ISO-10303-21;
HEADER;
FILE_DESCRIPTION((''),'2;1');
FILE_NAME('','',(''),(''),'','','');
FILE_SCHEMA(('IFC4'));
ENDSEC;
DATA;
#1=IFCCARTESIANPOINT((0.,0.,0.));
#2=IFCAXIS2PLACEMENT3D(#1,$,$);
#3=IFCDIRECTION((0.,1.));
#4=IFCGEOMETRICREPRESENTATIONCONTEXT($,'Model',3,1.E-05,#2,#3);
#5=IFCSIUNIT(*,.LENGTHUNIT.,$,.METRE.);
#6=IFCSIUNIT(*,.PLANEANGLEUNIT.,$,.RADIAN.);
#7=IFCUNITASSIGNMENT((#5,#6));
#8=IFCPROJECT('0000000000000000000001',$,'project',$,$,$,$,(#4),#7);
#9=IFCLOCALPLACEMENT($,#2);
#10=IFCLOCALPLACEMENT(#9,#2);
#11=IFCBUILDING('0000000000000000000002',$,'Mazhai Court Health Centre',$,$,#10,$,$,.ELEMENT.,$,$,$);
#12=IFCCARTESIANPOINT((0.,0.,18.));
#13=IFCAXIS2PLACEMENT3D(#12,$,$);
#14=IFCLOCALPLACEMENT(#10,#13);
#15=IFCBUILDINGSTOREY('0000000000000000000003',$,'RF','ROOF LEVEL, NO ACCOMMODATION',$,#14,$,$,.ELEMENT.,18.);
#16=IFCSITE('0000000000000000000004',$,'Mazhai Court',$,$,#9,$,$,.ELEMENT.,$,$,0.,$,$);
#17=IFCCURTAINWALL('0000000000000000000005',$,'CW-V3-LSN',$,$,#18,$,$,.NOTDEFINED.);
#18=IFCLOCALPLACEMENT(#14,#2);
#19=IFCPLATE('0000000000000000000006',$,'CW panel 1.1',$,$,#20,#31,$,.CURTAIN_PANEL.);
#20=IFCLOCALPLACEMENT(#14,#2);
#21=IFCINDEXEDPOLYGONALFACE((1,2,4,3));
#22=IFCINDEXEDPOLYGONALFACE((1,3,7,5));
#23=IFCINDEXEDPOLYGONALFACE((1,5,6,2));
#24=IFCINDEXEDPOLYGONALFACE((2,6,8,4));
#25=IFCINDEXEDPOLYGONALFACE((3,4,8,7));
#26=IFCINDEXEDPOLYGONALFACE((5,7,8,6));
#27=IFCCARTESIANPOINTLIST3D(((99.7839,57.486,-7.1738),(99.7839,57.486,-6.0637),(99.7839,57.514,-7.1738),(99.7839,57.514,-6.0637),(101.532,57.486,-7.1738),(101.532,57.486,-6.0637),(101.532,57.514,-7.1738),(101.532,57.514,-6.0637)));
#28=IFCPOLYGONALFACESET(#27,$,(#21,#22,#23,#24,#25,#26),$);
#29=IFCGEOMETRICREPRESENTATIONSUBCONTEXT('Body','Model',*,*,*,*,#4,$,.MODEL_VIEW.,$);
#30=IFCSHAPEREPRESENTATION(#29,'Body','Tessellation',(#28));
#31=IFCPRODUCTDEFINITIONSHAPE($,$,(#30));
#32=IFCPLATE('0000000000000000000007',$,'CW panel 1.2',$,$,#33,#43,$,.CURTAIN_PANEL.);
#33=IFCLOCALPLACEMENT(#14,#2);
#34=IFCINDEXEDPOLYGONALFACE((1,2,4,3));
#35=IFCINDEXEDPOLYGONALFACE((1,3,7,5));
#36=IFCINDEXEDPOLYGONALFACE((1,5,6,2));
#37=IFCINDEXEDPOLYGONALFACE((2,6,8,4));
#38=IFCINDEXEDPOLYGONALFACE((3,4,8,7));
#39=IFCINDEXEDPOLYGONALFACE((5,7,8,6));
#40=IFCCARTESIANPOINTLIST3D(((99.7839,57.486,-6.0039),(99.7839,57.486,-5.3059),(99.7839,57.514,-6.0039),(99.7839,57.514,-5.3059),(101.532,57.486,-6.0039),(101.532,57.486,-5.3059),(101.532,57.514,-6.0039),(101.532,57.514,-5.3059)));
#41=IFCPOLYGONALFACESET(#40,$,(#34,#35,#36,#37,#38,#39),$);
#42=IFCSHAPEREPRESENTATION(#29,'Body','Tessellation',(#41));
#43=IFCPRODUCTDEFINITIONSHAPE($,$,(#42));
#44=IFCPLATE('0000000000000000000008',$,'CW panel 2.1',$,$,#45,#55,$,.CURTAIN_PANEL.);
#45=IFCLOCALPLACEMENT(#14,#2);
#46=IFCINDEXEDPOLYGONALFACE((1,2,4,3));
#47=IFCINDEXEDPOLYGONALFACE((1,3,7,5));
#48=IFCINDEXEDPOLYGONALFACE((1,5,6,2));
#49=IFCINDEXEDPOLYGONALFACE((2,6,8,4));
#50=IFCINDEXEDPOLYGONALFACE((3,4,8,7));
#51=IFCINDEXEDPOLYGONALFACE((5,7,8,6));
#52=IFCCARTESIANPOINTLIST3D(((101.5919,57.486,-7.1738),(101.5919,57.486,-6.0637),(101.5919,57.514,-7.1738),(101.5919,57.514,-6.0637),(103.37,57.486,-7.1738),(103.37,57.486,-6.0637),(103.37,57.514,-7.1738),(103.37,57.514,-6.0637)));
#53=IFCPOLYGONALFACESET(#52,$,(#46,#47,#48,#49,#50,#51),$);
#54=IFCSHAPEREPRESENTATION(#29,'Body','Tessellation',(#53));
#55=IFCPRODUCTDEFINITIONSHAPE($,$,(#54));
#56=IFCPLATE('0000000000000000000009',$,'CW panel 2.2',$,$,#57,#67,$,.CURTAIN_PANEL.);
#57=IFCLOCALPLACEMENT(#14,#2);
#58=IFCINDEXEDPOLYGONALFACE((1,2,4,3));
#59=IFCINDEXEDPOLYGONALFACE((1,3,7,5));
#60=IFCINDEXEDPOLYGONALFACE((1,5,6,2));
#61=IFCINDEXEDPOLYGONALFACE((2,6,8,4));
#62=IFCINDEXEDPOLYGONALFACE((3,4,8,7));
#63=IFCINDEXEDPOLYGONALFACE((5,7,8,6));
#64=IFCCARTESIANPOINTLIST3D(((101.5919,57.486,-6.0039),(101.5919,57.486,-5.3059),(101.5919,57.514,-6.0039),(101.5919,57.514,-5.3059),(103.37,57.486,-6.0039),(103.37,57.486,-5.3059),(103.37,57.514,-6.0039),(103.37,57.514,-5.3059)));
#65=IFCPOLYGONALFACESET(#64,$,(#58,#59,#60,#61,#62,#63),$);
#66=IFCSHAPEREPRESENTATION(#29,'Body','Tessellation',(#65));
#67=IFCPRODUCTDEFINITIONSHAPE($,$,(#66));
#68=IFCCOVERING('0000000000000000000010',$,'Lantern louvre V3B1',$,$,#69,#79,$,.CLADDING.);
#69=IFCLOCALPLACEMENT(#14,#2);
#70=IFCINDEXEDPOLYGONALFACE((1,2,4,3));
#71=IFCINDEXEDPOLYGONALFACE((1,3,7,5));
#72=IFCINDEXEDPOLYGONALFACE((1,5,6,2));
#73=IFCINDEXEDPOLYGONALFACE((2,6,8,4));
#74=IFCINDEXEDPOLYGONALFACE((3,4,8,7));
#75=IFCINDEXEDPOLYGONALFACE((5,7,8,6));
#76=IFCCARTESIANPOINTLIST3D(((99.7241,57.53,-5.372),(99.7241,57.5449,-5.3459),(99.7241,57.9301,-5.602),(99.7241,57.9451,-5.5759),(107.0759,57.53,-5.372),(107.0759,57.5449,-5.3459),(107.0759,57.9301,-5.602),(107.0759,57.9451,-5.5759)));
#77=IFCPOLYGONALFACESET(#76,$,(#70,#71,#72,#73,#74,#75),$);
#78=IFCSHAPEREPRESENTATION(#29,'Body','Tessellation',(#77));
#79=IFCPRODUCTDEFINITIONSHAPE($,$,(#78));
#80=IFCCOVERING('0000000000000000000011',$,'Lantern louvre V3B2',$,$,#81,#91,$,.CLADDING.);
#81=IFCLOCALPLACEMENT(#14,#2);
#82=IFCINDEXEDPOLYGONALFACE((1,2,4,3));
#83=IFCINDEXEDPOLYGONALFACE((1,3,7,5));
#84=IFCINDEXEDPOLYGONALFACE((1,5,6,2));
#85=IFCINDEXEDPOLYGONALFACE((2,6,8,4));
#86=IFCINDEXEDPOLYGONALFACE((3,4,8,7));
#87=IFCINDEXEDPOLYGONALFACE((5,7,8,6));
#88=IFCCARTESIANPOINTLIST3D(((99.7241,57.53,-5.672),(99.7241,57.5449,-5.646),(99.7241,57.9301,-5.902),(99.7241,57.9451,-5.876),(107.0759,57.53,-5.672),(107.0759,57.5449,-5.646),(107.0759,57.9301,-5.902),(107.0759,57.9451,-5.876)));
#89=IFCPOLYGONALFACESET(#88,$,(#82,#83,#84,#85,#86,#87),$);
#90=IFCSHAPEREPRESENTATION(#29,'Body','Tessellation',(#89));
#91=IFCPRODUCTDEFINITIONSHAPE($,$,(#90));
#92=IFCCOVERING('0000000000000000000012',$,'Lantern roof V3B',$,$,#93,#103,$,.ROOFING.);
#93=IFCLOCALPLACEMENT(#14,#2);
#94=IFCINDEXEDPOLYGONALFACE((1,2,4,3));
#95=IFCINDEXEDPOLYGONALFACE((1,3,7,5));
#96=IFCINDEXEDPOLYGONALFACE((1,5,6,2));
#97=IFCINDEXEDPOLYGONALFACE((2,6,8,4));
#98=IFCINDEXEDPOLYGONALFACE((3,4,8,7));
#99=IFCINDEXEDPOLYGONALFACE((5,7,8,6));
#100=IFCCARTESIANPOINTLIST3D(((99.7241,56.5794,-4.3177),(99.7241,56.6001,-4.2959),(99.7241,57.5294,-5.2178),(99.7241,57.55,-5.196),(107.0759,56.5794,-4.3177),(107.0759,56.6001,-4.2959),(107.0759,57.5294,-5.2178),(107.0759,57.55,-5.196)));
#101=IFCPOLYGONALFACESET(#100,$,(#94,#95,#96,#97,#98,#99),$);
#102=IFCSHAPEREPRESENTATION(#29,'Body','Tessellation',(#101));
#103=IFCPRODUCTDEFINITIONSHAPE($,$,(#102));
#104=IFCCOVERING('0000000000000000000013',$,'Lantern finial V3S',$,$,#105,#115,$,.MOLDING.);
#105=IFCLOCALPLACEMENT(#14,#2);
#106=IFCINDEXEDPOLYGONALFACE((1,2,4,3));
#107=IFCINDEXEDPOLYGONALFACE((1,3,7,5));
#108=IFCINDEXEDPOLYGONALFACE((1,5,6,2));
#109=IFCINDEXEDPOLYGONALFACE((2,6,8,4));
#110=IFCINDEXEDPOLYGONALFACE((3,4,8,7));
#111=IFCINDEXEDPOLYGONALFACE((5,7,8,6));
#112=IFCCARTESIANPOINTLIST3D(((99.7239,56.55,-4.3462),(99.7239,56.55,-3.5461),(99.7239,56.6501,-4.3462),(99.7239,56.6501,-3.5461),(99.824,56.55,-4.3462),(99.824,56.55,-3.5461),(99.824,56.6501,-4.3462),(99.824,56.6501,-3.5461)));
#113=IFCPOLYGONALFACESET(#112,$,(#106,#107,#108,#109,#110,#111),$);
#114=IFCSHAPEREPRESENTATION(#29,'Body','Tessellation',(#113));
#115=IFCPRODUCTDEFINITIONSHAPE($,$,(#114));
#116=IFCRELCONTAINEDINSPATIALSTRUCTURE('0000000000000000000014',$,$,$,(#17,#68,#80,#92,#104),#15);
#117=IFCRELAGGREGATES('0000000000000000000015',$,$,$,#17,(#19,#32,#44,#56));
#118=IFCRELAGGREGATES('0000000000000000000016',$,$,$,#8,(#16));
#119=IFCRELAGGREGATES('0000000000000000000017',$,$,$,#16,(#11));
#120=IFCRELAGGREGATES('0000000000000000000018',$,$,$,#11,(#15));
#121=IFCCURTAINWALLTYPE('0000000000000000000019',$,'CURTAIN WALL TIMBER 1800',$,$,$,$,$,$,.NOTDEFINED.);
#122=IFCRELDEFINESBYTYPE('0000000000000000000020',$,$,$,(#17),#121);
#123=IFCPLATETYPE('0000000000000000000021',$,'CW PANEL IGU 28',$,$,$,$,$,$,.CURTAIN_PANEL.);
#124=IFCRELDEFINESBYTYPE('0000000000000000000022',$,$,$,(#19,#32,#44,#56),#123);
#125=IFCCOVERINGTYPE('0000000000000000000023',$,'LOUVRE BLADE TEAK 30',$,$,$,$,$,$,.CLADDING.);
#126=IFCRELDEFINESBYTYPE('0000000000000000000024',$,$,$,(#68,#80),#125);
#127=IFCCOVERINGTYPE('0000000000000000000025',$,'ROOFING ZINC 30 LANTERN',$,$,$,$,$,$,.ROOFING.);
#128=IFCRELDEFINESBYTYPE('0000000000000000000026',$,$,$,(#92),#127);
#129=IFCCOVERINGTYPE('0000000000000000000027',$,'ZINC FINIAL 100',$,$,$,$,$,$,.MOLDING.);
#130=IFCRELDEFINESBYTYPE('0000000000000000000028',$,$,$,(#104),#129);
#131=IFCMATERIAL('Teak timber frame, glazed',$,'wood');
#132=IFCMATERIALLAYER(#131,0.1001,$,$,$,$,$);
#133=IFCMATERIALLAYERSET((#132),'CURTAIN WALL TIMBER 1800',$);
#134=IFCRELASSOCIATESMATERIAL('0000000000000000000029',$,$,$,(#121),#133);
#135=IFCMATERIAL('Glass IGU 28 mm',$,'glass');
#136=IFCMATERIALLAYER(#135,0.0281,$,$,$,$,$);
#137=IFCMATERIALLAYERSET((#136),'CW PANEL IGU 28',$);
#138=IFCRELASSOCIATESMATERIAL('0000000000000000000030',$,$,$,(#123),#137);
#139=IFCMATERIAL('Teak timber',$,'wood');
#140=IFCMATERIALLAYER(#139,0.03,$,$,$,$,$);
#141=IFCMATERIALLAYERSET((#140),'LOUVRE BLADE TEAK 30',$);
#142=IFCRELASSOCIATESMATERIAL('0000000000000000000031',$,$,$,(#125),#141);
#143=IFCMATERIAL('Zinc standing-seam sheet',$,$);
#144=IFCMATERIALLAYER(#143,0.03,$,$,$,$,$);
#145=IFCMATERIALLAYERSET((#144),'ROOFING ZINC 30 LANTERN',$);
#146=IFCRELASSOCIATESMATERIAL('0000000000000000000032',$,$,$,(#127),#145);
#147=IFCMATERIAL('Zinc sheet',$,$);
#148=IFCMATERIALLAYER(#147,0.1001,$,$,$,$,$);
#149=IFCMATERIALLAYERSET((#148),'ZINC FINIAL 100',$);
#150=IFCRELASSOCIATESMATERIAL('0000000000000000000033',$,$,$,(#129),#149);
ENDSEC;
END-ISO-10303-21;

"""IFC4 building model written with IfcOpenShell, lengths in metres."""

from ifc_helpers import new_model, si_unit, direction, frame, origin, origin_2d, place, context, subcontext, project, spatial, polyline, rectangle, outline, extrude, material, layer, layer_set, type_object, element, aggregate, save


model = new_model("IFC4")

# Units and contexts
model_context = context("Model", 3, precision=1e-05, world=origin(), true_north=direction((0.0, 1.0)))
body_context = subcontext(model_context, "Body", "Model", "MODEL_VIEW")
ifc_project = project(units=[si_unit("LENGTHUNIT", "METRE"), si_unit("PLANEANGLEUNIT", "RADIAN")], contexts=[model_context])

# Site, building, storey
site_placement = place(None, origin())
site = spatial("IfcSite", under=ifc_project, at=site_placement, Name="Mazhai Court", CompositionType="ELEMENT", RefElevation=0.0)
building_placement = place(site_placement, origin())
building = spatial("IfcBuilding", under=site, at=building_placement, Name="Mazhai Court Health Centre", CompositionType="ELEMENT")
storey_placement = place(building_placement, frame((0.0, 0.0, 18.0)))
storey = spatial("IfcBuildingStorey", under=building, at=storey_placement, Name="RF", Description="ROOF LEVEL, NO ACCOMMODATION", CompositionType="ELEMENT", Elevation=18.0)

# Shared definitions
ifc_material_1 = material(Name="Teak timber frame, glazed", Category="wood")
ifc_layer_1 = layer(ifc_material_1, 0.1001)
ifc_layer_set_1 = layer_set([ifc_layer_1], Name="CURTAIN WALL TIMBER 1800")
curtain_wall_type = type_object("IfcCurtainWallType", Name="CURTAIN WALL TIMBER 1800", PredefinedType="NOTDEFINED", material=ifc_layer_set_1)

# Curtain wall
curtain_wall_1_placement = place(storey_placement, origin())
curtain_wall_1 = element("IfcCurtainWall", 1, at=curtain_wall_1_placement, inside=storey, type_object=curtain_wall_type, Name="CW-V3-LSN", PredefinedType="NOTDEFINED")

# Plates
ifc_material_2 = material(Name="Glass IGU 28 mm", Category="glass")
ifc_layer_2 = layer(ifc_material_2, 0.0281)
ifc_layer_set_2 = layer_set([ifc_layer_2], Name="CW PANEL IGU 28")
plate_type = type_object("IfcPlateType", Name="CW PANEL IGU 28", PredefinedType="CURTAIN_PANEL", material=ifc_layer_set_2)
plate_1_placement = place(storey_placement, frame((100.658, 57.5, -7.1738), z_axis=(0.0, 0.0, 1.0), x_axis=(1.0, 0.0, 0.0)))
plate_1 = element("IfcPlate", 2, at=plate_1_placement, type_object=plate_type, Name="CW panel 1.1", PredefinedType="CURTAIN_PANEL", context=body_context, shape_type="SweptSolid", body=[
    extrude(rectangle(XDim=1.748, YDim=0.0281, at=origin_2d()), origin(), (0.0, 0.0, 1.0), 1.1101),
])
plate_2_placement = place(storey_placement, frame((100.658, 57.5, -6.0039), z_axis=(0.0, 0.0, 1.0), x_axis=(1.0, 0.0, 0.0)))
plate_2 = element("IfcPlate", 3, at=plate_2_placement, type_object=plate_type, Name="CW panel 1.2", PredefinedType="CURTAIN_PANEL", context=body_context, shape_type="SweptSolid", body=[
    extrude(rectangle(XDim=1.748, YDim=0.0281, at=origin_2d()), origin(), (0.0, 0.0, 1.0), 0.698),
])
plate_3_placement = place(storey_placement, frame((102.481, 57.5, -7.1738), z_axis=(0.0, 0.0, 1.0), x_axis=(1.0, 0.0, 0.0)))
plate_3 = element("IfcPlate", 4, at=plate_3_placement, type_object=plate_type, Name="CW panel 2.1", PredefinedType="CURTAIN_PANEL", context=body_context, shape_type="SweptSolid", body=[
    extrude(rectangle(XDim=1.7781, YDim=0.0281, at=origin_2d()), origin(), (0.0, 0.0, 1.0), 1.1101),
])
plate_4_placement = place(storey_placement, frame((102.481, 57.5, -6.0039), z_axis=(0.0, 0.0, 1.0), x_axis=(1.0, 0.0, 0.0)))
plate_4 = element("IfcPlate", 5, at=plate_4_placement, type_object=plate_type, Name="CW panel 2.2", PredefinedType="CURTAIN_PANEL", context=body_context, shape_type="SweptSolid", body=[
    extrude(rectangle(XDim=1.7781, YDim=0.0281, at=origin_2d()), origin(), (0.0, 0.0, 1.0), 0.698),
])
aggregate(curtain_wall_1, [plate_1, plate_2, plate_3, plate_4])

# Coverings
ifc_material_3 = material(Name="Teak timber", Category="wood")
ifc_layer_3 = layer(ifc_material_3, 0.03)
ifc_layer_set_3 = layer_set([ifc_layer_3], Name="LOUVRE BLADE TEAK 30")
covering_type_1 = type_object("IfcCoveringType", Name="LOUVRE BLADE TEAK 30", PredefinedType="CLADDING", material=ifc_layer_set_3)
for number, where, z_axis, x_axis, name in (
    (6, (99.7241, 57.5449, -5.3459), (0.0, 0.498302, 0.867003), (1.0, 0.0, 0.0), "Lantern louvre V3B1"),
    (7, (99.7241, 57.5449, -5.646), (0.0, 0.498302, 0.867003), (1.0, 0.0, 0.0), "Lantern louvre V3B2"),
):
    element("IfcCovering", number, at=place(storey_placement, frame(where, z_axis=z_axis, x_axis=x_axis)), inside=storey, type_object=covering_type_1, Name=name, PredefinedType="CLADDING", context=body_context, shape_type="SweptSolid", body=[
        extrude(outline(polyline([(0.0, 0.0), (7.3518, 0.0), (7.3518, 0.4615), (0.0, 0.4615), (0.0, 0.0)])), origin(), (0.0, 0.0, -1.0), 0.03),
    ])
ifc_material_4 = material(Name="Zinc standing-seam sheet")
ifc_layer_4 = layer(ifc_material_4, 0.03)
ifc_layer_set_4 = layer_set([ifc_layer_4], Name="ROOFING ZINC 30 LANTERN")
covering_type_2 = type_object("IfcCoveringType", Name="ROOFING ZINC 30 LANTERN", PredefinedType="ROOFING", material=ifc_layer_set_4)
covering_1_placement = place(storey_placement, frame((99.7241, 57.55, -5.196), z_axis=(0.0, 0.687822, 0.725879), x_axis=(0.0, -0.725879, 0.687822)))
element("IfcCovering", 8, at=covering_1_placement, inside=storey, type_object=covering_type_2, Name="Lantern roof V3B", PredefinedType="ROOFING", context=body_context, shape_type="SweptSolid", body=[
    extrude(outline(polyline([(0.0, 0.0), (1.3087, 0.0), (1.3087, 7.3518), (0.0, 7.3518), (0.0, 0.0)])), origin(), (0.0, 0.0, -1.0), 0.03),
])
ifc_material_5 = material(Name="Zinc sheet")
ifc_layer_5 = layer(ifc_material_5, 0.1001)
ifc_layer_set_5 = layer_set([ifc_layer_5], Name="ZINC FINIAL 100")
covering_type_3 = type_object("IfcCoveringType", Name="ZINC FINIAL 100", PredefinedType="MOLDING", material=ifc_layer_set_5)
covering_2_placement = place(storey_placement, frame((99.7739, 56.6001, -4.3462), z_axis=(0.0, 0.0, 1.0), x_axis=(1.0, 0.0, 0.0)))
element("IfcCovering", 9, at=covering_2_placement, inside=storey, type_object=covering_type_3, Name="Lantern finial V3S", PredefinedType="MOLDING", context=body_context, shape_type="SweptSolid", body=[
    extrude(rectangle(XDim=0.1001, YDim=0.1001, at=origin_2d()), origin(), (0.0, 0.0, 1.0), 0.8),
])

save(model, "model.ifc")
